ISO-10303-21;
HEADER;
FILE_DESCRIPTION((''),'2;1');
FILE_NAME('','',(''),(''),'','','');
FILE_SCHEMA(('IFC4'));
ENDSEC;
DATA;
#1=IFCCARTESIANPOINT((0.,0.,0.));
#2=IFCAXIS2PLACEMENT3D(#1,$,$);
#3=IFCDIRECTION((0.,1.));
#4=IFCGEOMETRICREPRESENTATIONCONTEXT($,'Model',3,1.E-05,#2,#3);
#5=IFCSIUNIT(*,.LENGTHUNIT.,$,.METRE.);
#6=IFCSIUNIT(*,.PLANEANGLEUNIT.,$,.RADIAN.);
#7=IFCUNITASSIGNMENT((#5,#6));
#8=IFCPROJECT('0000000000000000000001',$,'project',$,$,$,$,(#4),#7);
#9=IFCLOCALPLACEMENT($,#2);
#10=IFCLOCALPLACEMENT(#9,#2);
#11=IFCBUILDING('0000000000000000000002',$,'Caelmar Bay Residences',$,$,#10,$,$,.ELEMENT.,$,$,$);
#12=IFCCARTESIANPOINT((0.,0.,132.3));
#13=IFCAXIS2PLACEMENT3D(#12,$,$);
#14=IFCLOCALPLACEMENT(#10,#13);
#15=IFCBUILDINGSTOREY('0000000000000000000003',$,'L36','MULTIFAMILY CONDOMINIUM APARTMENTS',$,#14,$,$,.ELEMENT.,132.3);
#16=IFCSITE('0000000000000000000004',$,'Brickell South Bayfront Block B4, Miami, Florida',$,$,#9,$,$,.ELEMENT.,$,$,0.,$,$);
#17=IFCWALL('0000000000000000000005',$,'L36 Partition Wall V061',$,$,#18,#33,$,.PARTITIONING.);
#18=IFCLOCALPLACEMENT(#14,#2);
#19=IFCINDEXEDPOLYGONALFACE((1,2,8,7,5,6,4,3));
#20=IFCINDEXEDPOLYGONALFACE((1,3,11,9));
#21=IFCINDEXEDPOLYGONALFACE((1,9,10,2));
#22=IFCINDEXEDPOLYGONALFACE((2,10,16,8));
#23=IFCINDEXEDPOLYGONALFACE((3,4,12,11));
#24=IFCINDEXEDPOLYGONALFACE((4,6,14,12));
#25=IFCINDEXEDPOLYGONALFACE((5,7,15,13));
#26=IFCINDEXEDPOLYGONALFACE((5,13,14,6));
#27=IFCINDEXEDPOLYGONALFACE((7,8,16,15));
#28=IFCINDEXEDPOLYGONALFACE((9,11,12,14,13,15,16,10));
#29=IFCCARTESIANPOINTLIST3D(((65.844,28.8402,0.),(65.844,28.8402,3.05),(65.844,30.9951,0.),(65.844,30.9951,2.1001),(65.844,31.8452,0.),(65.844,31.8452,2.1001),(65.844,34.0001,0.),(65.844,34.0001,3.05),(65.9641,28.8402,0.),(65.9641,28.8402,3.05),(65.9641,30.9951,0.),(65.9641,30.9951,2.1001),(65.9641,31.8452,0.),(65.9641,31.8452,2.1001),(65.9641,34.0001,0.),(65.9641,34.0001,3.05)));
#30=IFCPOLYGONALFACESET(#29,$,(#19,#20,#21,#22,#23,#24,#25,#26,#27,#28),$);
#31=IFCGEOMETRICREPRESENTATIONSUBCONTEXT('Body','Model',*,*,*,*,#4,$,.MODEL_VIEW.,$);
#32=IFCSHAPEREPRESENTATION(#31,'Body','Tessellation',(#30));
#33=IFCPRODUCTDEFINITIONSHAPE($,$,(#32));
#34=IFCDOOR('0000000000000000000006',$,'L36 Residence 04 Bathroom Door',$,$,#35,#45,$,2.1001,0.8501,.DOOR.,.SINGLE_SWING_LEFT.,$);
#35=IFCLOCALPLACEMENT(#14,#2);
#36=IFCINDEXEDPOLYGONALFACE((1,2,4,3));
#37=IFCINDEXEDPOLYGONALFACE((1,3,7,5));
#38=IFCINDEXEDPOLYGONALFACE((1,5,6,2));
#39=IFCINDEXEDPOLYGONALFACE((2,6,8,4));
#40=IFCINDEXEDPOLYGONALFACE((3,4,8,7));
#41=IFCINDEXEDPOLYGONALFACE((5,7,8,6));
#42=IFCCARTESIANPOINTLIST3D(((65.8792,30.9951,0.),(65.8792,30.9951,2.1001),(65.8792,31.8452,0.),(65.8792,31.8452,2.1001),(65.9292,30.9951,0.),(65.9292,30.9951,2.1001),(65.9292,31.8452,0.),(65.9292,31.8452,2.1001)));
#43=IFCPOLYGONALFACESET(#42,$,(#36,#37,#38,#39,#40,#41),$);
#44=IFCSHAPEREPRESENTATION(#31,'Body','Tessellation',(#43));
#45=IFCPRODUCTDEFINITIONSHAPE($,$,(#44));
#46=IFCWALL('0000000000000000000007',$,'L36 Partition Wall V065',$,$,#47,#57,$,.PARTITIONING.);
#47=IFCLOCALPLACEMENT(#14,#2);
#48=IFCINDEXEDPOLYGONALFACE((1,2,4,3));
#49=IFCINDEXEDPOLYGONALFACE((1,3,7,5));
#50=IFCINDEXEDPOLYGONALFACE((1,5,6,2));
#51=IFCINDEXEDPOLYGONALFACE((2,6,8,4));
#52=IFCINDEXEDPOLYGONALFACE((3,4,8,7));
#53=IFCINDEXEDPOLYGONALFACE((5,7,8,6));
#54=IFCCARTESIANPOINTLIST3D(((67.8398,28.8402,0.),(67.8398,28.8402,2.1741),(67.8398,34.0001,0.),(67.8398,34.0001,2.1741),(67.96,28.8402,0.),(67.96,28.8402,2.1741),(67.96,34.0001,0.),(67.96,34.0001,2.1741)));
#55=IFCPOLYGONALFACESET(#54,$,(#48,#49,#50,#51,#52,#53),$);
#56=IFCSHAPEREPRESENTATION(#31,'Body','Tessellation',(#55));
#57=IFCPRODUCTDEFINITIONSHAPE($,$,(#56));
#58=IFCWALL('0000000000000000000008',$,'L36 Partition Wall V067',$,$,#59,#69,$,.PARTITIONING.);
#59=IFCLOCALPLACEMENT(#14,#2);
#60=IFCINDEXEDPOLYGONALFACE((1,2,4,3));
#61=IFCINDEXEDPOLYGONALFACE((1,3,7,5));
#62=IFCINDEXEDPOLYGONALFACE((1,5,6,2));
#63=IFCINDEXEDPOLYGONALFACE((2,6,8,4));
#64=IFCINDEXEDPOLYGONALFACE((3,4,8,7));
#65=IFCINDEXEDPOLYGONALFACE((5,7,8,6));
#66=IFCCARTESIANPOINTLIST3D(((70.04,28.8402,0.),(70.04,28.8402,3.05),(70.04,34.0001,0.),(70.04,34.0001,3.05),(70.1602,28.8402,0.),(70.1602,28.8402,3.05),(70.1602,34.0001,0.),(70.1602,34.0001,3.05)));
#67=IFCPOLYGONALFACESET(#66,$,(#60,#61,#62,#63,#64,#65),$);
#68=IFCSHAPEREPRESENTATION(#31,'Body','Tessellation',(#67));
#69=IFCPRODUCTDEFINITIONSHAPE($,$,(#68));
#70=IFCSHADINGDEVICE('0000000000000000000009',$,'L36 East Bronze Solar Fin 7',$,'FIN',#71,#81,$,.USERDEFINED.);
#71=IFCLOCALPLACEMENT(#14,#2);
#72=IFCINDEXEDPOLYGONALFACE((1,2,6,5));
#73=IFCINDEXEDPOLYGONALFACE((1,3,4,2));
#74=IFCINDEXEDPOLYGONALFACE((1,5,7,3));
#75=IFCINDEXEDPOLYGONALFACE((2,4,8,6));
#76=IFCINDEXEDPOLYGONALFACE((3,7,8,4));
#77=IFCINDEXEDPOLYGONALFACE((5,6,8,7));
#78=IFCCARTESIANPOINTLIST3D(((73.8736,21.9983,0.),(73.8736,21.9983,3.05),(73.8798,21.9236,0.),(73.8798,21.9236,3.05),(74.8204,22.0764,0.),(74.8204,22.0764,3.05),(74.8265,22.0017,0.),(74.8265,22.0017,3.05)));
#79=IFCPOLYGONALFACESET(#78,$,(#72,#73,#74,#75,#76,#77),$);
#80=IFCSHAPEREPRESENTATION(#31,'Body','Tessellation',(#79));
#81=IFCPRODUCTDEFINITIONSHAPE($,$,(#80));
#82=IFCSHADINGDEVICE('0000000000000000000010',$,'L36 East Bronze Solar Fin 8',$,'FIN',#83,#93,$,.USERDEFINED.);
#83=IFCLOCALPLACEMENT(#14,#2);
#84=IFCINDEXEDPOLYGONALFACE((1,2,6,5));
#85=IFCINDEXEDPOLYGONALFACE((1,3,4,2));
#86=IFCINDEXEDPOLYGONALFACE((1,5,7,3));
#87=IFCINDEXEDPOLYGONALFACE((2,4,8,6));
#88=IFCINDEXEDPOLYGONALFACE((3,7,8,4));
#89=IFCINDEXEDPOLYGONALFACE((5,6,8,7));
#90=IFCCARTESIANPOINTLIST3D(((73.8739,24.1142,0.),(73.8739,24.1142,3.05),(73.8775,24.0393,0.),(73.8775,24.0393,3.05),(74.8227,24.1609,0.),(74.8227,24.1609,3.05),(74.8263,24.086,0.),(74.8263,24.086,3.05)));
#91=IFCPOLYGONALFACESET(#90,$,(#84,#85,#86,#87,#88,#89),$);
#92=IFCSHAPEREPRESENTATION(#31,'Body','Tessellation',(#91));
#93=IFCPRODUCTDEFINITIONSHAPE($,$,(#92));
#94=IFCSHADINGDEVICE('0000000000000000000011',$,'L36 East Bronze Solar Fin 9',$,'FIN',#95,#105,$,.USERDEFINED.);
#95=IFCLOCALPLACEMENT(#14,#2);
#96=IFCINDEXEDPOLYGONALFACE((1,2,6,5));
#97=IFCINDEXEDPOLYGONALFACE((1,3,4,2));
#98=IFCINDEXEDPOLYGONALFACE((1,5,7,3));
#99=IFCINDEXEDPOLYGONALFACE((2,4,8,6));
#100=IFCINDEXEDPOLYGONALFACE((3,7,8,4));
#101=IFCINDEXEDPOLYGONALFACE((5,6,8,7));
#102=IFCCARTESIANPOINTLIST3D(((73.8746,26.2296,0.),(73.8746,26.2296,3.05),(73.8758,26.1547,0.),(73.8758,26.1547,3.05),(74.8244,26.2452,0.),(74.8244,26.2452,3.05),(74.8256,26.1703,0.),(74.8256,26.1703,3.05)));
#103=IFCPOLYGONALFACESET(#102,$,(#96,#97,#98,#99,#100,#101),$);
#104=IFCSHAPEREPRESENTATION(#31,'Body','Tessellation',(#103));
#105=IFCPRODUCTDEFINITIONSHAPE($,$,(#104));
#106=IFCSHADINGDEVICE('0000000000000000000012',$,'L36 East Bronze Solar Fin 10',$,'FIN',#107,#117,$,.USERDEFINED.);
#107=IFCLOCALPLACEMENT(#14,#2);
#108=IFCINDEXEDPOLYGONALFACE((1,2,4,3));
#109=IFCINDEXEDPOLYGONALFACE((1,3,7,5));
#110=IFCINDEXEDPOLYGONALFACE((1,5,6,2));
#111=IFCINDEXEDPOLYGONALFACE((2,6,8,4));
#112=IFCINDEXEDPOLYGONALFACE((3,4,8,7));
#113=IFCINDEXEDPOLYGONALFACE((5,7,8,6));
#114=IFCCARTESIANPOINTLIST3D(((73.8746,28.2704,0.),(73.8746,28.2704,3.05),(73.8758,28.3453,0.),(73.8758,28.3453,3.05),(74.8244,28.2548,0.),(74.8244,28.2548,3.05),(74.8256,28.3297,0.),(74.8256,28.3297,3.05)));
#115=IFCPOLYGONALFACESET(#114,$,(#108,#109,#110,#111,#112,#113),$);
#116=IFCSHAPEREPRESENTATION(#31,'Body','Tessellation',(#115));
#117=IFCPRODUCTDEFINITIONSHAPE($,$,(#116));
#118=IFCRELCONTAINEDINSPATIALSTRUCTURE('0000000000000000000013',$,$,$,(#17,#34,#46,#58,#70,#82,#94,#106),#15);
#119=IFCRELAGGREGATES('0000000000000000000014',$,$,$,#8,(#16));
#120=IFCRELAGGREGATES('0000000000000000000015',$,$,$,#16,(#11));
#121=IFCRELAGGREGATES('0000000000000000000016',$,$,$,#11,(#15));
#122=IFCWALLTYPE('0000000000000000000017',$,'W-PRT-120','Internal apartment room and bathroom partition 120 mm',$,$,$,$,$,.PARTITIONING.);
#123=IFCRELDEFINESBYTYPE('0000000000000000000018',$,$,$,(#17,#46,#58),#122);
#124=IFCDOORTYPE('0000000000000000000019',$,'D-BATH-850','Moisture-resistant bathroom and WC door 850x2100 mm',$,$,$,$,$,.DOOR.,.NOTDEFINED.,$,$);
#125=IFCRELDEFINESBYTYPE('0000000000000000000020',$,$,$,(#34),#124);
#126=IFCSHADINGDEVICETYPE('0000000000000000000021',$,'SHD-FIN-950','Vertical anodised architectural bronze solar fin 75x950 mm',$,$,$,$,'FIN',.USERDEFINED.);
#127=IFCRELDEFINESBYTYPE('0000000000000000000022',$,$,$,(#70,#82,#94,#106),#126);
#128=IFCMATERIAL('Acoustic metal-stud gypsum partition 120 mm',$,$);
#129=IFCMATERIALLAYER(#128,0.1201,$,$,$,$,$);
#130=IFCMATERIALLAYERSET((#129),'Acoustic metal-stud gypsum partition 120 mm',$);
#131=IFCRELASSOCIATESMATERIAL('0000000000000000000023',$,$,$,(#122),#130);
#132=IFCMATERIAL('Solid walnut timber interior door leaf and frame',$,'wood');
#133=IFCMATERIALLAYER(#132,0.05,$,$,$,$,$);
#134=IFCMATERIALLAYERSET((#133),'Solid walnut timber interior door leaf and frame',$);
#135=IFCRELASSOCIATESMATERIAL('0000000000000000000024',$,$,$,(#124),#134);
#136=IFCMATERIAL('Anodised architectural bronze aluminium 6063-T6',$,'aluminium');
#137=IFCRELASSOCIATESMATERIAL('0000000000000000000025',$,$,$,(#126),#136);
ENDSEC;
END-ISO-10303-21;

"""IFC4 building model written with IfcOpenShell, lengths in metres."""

from ifc_helpers import new_model, si_unit, direction, frame, frame_2d, origin, origin_2d, place, context, subcontext, project, spatial, rectangle, extrude, material, layer, layer_set, material_profile, profile_set, type_object, element, fill, save


model = new_model("IFC4")

# Units and contexts
model_context = context("Model", 3, precision=1e-05, world=origin(), true_north=direction((0.0, 1.0)))
body_context = subcontext(model_context, "Body", "Model", "MODEL_VIEW")
ifc_project = project(units=[si_unit("LENGTHUNIT", "METRE"), si_unit("PLANEANGLEUNIT", "RADIAN")], contexts=[model_context])

# Site, building, storey
site_placement = place(None, origin())
site = spatial("IfcSite", under=ifc_project, at=site_placement, Name="Brickell South Bayfront Block B4, Miami, Florida", CompositionType="ELEMENT", RefElevation=0.0)
building_placement = place(site_placement, origin())
building = spatial("IfcBuilding", under=site, at=building_placement, Name="Caelmar Bay Residences", CompositionType="ELEMENT")
storey_placement = place(building_placement, frame((0.0, 0.0, 132.3)))
storey = spatial("IfcBuildingStorey", under=building, at=storey_placement, Name="L36", Description="MULTIFAMILY CONDOMINIUM APARTMENTS", CompositionType="ELEMENT", Elevation=132.3)

# Wall, opening, door
ifc_material_1 = material(Name="Acoustic metal-stud gypsum partition 120 mm")
ifc_layer_1 = layer(ifc_material_1, 0.1201)
ifc_layer_set_1 = layer_set([ifc_layer_1], Name="Acoustic metal-stud gypsum partition 120 mm")
wall_type = type_object("IfcWallType", Name="W-PRT-120", Description="Internal apartment room and bathroom partition 120 mm", PredefinedType="PARTITIONING", material=ifc_layer_set_1)
ifc_material_2 = material(Name="Solid walnut timber interior door leaf and frame", Category="wood")
wall_1_placement = place(storey_placement, frame((65.9041, 28.8401, 0.0), z_axis=(0.0, 0.0, 1.0), x_axis=(0.0, 1.0, 0.0)))
wall_1 = element("IfcWall", 1, at=wall_1_placement, inside=storey, type_object=wall_type, Name="L36 Partition Wall V061", PredefinedType="PARTITIONING", context=body_context, shape_type="SweptSolid", body=[
    extrude(rectangle(XDim=5.1599, YDim=0.1201, at=frame_2d((2.5801, 0.0))), origin(), (0.0, 0.0, 1.0), 3.05),
])
opening_1_placement = place(wall_1_placement, frame((2.155, 0.0, 0.0)))
opening_1 = element("IfcOpeningElement", 2, at=opening_1_placement, cuts=wall_1, PredefinedType="OPENING", context=body_context, shape_type="SweptSolid", body=[
    extrude(rectangle(XDim=0.8501, YDim=2.1001, at=frame_2d((0.425, 1.05))), frame((0.0, 0.0701, 0.0), z_axis=(0.0, -1.0, 0.0), x_axis=(1.0, 0.0, 0.0)), (0.0, 0.0, 1.0), 0.1401),
])
ifc_layer_2 = layer(ifc_material_2, 0.05)
ifc_layer_set_2 = layer_set([ifc_layer_2], Name="Solid walnut timber interior door leaf and frame")
door_type_1 = type_object("IfcDoorType", Name="D-BATH-850", Description="Moisture-resistant bathroom and WC door 850x2100 mm", OperationType="NOTDEFINED", PredefinedType="DOOR", material=ifc_layer_set_2)
door_1_placement = place(opening_1_placement, origin())
door_1 = element("IfcDoor", 3, at=door_1_placement, inside=storey, type_object=door_type_1, Name="L36 Residence 04 Bathroom Door", OperationType="SINGLE_SWING_LEFT", OverallHeight=2.1001, OverallWidth=0.8501, PredefinedType="DOOR", context=body_context, shape_type="SweptSolid", body=[
    extrude(rectangle(XDim=0.8501, YDim=2.1001, at=frame_2d((0.425, 1.05))), frame((0.0, 0.0249, 0.0), z_axis=(0.0, -1.0, 0.0), x_axis=(1.0, 0.0, 0.0)), (0.0, 0.0, 1.0), 0.05),
])
fill(opening_1, door_1)

# Walls
wall_2_placement = place(storey_placement, frame((67.8999, 28.8401, 0.0), z_axis=(0.0, 0.0, 1.0), x_axis=(0.0, 1.0, 0.0)))
element("IfcWall", 4, at=wall_2_placement, inside=storey, type_object=wall_type, Name="L36 Partition Wall V065", PredefinedType="PARTITIONING", context=body_context, shape_type="SweptSolid", body=[
    extrude(rectangle(XDim=5.1599, YDim=0.1201, at=frame_2d((2.5801, 0.0))), origin(), (0.0, 0.0, 1.0), 2.1741),
])
wall_3_placement = place(storey_placement, frame((70.1001, 28.8401, 0.0), z_axis=(0.0, 0.0, 1.0), x_axis=(0.0, 1.0, 0.0)))
element("IfcWall", 5, at=wall_3_placement, inside=storey, type_object=wall_type, Name="L36 Partition Wall V067", PredefinedType="PARTITIONING", context=body_context, shape_type="SweptSolid", body=[
    extrude(rectangle(XDim=5.1599, YDim=0.1201, at=frame_2d((2.5801, 0.0))), origin(), (0.0, 0.0, 1.0), 3.05),
])

# Shading devices
ifc_material_3 = material(Name="Anodised architectural bronze aluminium 6063-T6", Category="aluminium")
ifc_material_profile_1 = material_profile(ifc_material_3, rectangle(XDim=0.075, YDim=0.95, at=origin_2d()), Name="BRONZE-FIN-75X950")
ifc_profile_set_1 = profile_set([ifc_material_profile_1], Name="Anodised architectural bronze aluminium 6063-T6")
shading_device_type = type_object("IfcShadingDeviceType", Name="SHD-FIN-950", Description="Vertical anodised architectural bronze solar fin 75x950 mm", ElementType="FIN", PredefinedType="USERDEFINED", material=ifc_profile_set_1)
for number, where, z_axis, x_axis, name in (
    (6, (74.3501, 22.0, 0.0), (0.0, 0.0, 1.0), (-0.082112, 0.996623, 0.0), "L36 East Bronze Solar Fin 7"),
    (7, (74.3501, 24.1001, 0.0), (0.0, 0.0, 1.0), (-0.049198, 0.998789, 0.0), "L36 East Bronze Solar Fin 8"),
    (8, (74.3501, 26.2, 0.0), (0.0, 0.0, 1.0), (-0.016405, 0.999865, 0.0), "L36 East Bronze Solar Fin 9"),
    (9, (74.3501, 28.3, 0.0), (0.0, 0.0, 1.0), (0.016405, 0.999865, 0.0), "L36 East Bronze Solar Fin 10"),
):
    element("IfcShadingDevice", number, at=place(storey_placement, frame(where, z_axis=z_axis, x_axis=x_axis)), inside=storey, type_object=shading_device_type, Name=name, ObjectType="FIN", PredefinedType="USERDEFINED", context=body_context, shape_type="SweptSolid", body=[
        extrude(rectangle(XDim=0.075, YDim=0.95, at=origin_2d()), origin(), (0.0, 0.0, 1.0), 3.05),
    ])

save(model, "model.ifc")
